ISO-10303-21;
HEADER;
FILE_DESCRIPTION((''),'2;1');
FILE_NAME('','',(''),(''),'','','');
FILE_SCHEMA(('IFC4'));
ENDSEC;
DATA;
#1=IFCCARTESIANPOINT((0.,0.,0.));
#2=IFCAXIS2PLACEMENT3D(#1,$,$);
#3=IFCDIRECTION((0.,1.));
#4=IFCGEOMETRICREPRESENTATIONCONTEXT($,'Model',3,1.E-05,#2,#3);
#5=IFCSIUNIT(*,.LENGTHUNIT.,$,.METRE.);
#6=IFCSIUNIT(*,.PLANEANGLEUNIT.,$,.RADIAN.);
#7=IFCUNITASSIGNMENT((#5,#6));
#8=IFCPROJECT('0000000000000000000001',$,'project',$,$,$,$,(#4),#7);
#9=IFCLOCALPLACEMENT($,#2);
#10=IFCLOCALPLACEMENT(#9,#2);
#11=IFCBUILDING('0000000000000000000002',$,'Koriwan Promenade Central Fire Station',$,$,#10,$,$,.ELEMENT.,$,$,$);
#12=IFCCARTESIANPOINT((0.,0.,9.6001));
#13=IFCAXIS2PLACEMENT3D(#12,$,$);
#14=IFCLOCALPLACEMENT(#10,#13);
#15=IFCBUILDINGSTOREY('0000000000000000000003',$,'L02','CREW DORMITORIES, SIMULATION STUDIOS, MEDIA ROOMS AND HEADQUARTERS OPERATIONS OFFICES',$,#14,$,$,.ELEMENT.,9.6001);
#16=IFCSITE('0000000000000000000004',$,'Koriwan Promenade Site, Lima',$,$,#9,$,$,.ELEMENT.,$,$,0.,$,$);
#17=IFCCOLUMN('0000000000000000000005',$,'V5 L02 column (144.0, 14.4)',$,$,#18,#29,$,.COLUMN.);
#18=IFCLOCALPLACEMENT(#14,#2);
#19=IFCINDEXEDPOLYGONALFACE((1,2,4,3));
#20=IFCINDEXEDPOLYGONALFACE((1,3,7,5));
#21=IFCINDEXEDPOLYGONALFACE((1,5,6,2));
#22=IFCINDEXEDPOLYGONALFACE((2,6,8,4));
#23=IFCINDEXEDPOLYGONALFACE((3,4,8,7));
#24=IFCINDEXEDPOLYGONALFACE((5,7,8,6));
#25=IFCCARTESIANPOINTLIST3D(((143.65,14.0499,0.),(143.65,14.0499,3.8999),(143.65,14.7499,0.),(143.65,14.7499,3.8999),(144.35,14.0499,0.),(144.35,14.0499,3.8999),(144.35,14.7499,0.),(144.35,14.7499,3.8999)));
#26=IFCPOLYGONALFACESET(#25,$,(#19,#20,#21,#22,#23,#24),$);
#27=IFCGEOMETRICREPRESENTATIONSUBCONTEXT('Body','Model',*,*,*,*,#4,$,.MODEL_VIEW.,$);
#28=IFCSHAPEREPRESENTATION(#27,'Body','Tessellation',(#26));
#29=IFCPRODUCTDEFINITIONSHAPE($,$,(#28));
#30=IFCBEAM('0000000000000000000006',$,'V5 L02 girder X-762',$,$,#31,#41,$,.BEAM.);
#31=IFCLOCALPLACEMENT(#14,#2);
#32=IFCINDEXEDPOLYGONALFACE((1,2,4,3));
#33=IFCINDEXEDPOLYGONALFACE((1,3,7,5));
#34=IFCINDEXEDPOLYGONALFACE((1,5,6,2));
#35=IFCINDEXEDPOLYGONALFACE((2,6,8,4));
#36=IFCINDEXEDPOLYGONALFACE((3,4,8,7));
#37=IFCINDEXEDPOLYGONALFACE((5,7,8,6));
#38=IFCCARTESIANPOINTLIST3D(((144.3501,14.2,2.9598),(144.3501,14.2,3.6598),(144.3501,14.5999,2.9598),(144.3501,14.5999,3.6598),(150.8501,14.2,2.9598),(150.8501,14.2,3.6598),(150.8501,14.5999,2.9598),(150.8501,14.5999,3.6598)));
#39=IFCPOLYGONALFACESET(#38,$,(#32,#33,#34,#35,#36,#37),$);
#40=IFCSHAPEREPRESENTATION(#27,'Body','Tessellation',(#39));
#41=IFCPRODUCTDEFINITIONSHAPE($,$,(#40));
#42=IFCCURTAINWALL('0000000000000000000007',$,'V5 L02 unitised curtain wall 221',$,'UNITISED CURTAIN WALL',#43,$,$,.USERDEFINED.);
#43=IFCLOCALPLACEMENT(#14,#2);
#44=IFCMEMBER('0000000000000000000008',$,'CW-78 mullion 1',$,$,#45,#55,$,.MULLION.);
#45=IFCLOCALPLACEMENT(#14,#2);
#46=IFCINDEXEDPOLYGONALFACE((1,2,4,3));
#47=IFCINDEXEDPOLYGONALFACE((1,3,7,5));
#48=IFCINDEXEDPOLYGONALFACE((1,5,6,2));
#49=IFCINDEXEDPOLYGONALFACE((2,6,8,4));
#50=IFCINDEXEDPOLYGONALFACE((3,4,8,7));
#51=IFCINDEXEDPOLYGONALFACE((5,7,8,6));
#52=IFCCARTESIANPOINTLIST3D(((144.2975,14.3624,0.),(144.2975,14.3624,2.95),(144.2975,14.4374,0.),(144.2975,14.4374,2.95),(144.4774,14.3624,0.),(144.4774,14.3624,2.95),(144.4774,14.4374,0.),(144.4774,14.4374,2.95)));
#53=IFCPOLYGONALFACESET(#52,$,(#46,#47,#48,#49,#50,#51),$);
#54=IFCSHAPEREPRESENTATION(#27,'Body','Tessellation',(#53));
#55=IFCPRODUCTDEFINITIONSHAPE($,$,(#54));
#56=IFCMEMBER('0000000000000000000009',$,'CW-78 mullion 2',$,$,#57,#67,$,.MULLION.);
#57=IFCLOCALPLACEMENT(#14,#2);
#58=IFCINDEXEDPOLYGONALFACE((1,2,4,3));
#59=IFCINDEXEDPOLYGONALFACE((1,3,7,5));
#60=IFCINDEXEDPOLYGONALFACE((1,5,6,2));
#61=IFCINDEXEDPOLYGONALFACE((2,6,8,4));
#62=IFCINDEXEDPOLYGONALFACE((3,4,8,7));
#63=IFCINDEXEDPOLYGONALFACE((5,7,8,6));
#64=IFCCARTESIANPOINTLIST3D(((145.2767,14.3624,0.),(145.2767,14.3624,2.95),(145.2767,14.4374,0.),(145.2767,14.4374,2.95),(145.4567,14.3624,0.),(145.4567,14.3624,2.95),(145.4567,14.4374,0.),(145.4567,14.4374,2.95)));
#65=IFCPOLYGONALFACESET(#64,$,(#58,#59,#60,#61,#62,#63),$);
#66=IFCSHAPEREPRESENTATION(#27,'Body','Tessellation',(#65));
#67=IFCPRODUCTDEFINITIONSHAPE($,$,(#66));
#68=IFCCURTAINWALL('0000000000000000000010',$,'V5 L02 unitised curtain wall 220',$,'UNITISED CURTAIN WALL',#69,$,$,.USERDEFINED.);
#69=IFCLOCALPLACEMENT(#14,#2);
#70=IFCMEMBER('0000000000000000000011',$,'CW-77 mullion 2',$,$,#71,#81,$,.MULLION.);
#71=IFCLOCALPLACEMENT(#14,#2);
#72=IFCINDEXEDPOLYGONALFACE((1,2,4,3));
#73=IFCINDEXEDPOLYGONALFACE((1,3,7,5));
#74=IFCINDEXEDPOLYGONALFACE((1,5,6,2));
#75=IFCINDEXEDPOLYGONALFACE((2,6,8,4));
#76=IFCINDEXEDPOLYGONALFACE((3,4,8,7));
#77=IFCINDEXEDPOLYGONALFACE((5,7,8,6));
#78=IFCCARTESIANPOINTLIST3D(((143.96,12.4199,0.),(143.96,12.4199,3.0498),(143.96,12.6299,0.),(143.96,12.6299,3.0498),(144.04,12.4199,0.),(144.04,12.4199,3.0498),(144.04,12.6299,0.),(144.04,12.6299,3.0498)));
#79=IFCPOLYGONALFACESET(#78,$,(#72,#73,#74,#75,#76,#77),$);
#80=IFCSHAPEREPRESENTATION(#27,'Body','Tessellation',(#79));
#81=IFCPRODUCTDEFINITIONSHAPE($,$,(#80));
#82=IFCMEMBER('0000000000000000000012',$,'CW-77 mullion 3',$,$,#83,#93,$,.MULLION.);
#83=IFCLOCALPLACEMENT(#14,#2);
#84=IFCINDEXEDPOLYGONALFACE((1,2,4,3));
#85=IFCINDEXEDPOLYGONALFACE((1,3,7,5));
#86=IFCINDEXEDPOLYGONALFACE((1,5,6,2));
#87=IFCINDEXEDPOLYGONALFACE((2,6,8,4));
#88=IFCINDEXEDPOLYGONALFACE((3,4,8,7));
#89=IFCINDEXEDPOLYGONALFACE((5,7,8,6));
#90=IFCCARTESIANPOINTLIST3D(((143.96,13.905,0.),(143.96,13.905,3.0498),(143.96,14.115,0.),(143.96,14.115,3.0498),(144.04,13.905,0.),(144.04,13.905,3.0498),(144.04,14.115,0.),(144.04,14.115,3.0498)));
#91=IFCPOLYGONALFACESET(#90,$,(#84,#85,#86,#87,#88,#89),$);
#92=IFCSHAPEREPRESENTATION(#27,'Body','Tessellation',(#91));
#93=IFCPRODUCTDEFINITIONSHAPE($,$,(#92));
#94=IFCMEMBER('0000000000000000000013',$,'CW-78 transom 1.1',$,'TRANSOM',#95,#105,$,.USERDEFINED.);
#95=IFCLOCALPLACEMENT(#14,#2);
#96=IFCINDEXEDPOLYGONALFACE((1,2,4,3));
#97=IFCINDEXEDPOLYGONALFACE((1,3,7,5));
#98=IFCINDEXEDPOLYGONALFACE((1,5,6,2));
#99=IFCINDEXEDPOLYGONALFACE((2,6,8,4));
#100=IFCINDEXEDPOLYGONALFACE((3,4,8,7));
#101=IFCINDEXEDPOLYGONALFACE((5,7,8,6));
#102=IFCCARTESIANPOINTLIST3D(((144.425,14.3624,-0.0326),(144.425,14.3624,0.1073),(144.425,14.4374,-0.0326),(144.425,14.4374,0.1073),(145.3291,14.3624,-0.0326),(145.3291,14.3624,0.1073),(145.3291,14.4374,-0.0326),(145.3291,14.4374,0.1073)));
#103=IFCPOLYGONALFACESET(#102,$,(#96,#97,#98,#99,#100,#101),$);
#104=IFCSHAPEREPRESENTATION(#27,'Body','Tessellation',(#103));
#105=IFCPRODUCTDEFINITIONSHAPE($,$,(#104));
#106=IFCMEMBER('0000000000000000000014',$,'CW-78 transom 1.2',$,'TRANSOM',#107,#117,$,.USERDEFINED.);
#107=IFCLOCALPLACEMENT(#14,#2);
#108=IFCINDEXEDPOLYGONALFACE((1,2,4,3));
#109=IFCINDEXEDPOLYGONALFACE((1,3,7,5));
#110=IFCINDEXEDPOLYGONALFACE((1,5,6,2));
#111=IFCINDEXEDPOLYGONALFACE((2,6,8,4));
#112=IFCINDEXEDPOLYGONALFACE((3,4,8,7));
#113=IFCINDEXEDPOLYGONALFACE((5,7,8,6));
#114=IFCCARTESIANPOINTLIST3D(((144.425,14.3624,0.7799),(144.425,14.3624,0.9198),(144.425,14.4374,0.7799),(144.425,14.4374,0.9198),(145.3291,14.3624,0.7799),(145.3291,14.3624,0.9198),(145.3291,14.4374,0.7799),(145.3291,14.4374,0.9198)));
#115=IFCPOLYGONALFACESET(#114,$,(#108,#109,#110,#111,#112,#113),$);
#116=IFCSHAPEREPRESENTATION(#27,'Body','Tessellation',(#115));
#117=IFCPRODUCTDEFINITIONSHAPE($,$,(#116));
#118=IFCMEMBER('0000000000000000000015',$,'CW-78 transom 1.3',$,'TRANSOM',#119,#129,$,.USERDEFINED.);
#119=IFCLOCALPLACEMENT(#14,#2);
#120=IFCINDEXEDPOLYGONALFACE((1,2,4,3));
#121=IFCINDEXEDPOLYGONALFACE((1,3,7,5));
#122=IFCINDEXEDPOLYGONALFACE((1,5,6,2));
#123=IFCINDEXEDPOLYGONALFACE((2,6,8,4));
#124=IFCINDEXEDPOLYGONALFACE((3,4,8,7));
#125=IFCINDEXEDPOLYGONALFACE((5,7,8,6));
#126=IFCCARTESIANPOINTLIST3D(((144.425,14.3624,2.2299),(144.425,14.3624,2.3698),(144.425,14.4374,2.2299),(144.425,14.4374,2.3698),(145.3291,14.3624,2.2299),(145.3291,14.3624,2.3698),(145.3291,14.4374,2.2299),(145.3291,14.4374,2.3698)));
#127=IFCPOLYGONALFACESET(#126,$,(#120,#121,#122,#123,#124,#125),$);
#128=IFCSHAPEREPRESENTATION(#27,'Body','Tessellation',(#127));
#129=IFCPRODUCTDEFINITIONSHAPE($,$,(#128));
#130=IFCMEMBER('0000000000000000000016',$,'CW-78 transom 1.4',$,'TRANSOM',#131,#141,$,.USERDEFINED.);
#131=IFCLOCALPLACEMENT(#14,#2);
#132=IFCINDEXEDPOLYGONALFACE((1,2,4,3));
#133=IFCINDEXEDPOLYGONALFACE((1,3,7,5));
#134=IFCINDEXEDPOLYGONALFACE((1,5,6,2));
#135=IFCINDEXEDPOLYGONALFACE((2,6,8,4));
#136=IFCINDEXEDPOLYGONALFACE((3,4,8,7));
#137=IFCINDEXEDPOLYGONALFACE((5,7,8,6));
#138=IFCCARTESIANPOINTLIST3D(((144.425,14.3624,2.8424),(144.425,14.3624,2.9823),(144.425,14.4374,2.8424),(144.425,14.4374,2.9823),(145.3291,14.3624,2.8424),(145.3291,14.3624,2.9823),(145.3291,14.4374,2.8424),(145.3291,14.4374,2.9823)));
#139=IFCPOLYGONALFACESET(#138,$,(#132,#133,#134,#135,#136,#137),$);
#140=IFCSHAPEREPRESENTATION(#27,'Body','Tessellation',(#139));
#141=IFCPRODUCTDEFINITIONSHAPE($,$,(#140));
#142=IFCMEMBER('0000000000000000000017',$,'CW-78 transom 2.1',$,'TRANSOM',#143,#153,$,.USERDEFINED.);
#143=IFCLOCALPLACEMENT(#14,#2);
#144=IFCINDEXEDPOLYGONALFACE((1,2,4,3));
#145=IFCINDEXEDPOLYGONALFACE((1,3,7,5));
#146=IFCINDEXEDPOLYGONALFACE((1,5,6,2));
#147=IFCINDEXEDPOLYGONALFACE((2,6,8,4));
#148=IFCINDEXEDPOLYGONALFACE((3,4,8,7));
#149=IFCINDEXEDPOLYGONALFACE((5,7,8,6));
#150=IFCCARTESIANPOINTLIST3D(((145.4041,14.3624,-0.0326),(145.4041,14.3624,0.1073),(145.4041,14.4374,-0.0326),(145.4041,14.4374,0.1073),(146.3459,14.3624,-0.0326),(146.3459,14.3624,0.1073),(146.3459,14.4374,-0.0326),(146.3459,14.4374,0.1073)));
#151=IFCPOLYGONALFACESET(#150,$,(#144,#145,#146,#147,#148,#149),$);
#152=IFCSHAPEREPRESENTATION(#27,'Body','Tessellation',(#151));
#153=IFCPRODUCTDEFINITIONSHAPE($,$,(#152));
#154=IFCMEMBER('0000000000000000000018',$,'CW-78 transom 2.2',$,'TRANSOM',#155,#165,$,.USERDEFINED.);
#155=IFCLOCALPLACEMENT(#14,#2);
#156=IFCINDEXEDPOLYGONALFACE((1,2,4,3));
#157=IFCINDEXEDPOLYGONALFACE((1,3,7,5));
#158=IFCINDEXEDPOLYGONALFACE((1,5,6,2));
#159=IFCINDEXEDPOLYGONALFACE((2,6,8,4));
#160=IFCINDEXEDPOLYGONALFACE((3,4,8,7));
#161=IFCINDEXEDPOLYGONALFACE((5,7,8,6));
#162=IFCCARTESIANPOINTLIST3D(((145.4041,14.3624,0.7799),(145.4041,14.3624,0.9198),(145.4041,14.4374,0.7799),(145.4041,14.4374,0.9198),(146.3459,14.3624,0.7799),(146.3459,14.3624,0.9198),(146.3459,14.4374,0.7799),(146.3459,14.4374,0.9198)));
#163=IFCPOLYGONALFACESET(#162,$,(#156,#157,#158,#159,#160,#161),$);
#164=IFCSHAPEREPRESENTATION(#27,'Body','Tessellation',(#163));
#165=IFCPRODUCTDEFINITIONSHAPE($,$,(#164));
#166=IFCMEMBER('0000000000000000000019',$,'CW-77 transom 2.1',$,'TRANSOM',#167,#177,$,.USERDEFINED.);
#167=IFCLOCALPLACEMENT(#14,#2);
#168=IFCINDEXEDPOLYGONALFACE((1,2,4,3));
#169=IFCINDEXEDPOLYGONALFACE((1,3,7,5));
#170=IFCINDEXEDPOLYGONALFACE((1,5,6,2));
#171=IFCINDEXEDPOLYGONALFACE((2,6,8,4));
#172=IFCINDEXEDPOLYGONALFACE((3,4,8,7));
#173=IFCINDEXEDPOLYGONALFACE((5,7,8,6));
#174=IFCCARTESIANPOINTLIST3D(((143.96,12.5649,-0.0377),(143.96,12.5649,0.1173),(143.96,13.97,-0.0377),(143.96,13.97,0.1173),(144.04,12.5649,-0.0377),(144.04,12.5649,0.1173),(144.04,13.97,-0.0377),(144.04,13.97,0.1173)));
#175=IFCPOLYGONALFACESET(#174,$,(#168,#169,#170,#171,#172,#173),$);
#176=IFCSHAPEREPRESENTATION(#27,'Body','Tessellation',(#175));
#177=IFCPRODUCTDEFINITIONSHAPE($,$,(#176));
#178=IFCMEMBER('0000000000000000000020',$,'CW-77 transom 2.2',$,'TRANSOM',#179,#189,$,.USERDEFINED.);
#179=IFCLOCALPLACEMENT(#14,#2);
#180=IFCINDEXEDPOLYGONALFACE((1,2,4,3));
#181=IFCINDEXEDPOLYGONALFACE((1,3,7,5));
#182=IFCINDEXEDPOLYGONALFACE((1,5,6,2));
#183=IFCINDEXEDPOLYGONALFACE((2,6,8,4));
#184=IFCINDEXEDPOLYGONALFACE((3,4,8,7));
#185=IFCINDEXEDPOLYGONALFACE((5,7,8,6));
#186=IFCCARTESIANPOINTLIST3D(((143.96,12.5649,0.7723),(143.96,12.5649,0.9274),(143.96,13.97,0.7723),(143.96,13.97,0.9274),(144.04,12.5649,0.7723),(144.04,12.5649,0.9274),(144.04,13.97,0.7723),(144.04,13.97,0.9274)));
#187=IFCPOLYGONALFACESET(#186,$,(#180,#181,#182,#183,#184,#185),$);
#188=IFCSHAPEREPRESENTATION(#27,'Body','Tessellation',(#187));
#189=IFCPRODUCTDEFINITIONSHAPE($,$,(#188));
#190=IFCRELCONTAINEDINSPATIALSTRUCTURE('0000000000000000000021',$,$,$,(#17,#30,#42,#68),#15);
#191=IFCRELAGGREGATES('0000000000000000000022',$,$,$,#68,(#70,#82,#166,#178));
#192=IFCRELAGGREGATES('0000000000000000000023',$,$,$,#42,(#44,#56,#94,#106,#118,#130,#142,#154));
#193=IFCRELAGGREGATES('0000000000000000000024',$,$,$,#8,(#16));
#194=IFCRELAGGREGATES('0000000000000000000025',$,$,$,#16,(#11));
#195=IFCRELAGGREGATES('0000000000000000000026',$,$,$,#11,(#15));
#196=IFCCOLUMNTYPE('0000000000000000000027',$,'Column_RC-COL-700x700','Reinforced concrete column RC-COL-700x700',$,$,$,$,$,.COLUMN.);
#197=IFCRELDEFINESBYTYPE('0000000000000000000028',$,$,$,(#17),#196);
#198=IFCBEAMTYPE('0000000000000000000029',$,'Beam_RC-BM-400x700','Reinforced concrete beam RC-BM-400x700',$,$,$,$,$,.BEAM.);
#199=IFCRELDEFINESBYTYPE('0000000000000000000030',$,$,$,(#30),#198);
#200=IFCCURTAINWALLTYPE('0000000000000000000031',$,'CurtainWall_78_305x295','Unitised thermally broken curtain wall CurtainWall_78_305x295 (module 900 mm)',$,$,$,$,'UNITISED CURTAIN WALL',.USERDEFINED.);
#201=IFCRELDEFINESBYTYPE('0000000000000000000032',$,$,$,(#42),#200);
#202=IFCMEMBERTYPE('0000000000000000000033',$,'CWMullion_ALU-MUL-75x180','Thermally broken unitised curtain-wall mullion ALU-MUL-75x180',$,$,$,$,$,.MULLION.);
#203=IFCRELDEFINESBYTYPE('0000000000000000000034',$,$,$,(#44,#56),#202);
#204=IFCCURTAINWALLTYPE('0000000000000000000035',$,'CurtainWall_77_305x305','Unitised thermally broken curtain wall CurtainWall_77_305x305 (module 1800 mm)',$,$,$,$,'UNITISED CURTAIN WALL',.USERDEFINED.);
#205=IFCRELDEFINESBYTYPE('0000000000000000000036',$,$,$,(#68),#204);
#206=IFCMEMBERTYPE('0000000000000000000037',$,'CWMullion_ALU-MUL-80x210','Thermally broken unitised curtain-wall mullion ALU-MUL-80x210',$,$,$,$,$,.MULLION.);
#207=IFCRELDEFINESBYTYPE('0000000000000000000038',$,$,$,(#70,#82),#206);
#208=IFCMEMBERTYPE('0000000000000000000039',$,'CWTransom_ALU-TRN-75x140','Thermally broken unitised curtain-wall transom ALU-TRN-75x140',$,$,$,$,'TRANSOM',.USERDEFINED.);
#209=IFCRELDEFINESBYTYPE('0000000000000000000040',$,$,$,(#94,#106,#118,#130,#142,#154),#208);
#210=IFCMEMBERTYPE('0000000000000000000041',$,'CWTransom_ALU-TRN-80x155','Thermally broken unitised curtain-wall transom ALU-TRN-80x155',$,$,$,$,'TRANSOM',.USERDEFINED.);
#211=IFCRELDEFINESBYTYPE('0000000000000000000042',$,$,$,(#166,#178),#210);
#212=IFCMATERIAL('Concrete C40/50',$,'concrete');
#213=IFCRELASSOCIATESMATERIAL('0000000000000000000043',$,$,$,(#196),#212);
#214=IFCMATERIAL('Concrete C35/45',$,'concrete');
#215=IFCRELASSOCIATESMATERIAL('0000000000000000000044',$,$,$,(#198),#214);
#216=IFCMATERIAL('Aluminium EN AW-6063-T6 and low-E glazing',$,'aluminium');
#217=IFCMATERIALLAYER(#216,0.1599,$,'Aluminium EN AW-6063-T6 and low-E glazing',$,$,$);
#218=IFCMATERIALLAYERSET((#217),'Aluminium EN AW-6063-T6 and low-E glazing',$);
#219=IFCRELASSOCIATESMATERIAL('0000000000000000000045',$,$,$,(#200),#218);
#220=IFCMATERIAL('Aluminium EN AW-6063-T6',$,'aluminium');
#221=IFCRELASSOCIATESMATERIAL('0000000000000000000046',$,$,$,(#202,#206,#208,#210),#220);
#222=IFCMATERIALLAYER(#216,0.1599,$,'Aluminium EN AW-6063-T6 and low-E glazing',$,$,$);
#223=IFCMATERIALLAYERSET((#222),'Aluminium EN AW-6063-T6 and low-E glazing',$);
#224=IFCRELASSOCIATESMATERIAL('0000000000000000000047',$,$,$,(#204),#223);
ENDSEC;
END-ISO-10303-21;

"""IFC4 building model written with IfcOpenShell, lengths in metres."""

from ifc_helpers import new_model, si_unit, direction, frame, origin, origin_2d, place, context, subcontext, project, spatial, rectangle, extrude, material, layer, layer_set, material_profile, profile_set, type_object, element, aggregate, save


model = new_model("IFC4")

# Units and contexts
model_context = context("Model", 3, precision=1e-05, world=origin(), true_north=direction((0.0, 1.0)))
body_context = subcontext(model_context, "Body", "Model", "MODEL_VIEW")
ifc_project = project(units=[si_unit("LENGTHUNIT", "METRE"), si_unit("PLANEANGLEUNIT", "RADIAN")], contexts=[model_context])

# Site, building, storey
site_placement = place(None, origin())
site = spatial("IfcSite", under=ifc_project, at=site_placement, Name="Koriwan Promenade Site, Lima", CompositionType="ELEMENT", RefElevation=0.0)
building_placement = place(site_placement, origin())
building = spatial("IfcBuilding", under=site, at=building_placement, Name="Koriwan Promenade Central Fire Station", CompositionType="ELEMENT")
storey_placement = place(building_placement, frame((0.0, 0.0, 9.6001)))
storey = spatial("IfcBuildingStorey", under=building, at=storey_placement, Name="L02", Description="CREW DORMITORIES, SIMULATION STUDIOS, MEDIA ROOMS AND HEADQUARTERS OPERATIONS OFFICES", CompositionType="ELEMENT", Elevation=9.6001)

# Column
ifc_material_1 = material(Name="Concrete C40/50", Category="concrete")
ifc_material_profile_1 = material_profile(ifc_material_1, rectangle(XDim=0.7, YDim=0.7, at=origin_2d()), Name="RC-COL-700x700")
ifc_profile_set_1 = profile_set([ifc_material_profile_1], Name="Concrete C40/50")
column_type = type_object("IfcColumnType", Name="Column_RC-COL-700x700", Description="Reinforced concrete column RC-COL-700x700", PredefinedType="COLUMN", material=ifc_profile_set_1)
column_placement = place(storey_placement, frame((144.0, 14.3999, 0.0), z_axis=(0.0, 0.0, 1.0), x_axis=(1.0, 0.0, 0.0)))
element("IfcColumn", 1, at=column_placement, inside=storey, type_object=column_type, Name="V5 L02 column (144.0, 14.4)", PredefinedType="COLUMN", context=body_context, shape_type="SweptSolid", body=[
    extrude(rectangle(XDim=0.7, YDim=0.7, at=origin_2d()), origin(), (0.0, 0.0, 1.0), 3.8999),
])

# Beam
ifc_material_2 = material(Name="Concrete C35/45", Category="concrete")
ifc_material_profile_2 = material_profile(ifc_material_2, rectangle(XDim=0.3999, YDim=0.7, at=origin_2d()), Name="RC-BM-400x700")
ifc_profile_set_2 = profile_set([ifc_material_profile_2], Name="Concrete C35/45")
beam_type = type_object("IfcBeamType", Name="Beam_RC-BM-400x700", Description="Reinforced concrete beam RC-BM-400x700", PredefinedType="BEAM", material=ifc_profile_set_2)
beam_placement = place(storey_placement, frame((144.3501, 14.3999, 3.3098), z_axis=(1.0, 0.0, 0.0), x_axis=(0.0, 1.0, 0.0)))
element("IfcBeam", 2, at=beam_placement, inside=storey, type_object=beam_type, Name="V5 L02 girder X-762", PredefinedType="BEAM", context=body_context, shape_type="SweptSolid", body=[
    extrude(rectangle(XDim=0.3999, YDim=0.7, at=origin_2d()), origin(), (0.0, 0.0, 1.0), 6.5),
])

# Curtain walls, members
ifc_material_3 = material(Name="Aluminium EN AW-6063-T6 and low-E glazing", Category="aluminium")
ifc_layer_1 = layer(ifc_material_3, 0.1599, Name="Aluminium EN AW-6063-T6 and low-E glazing")
ifc_layer_set_1 = layer_set([ifc_layer_1], Name="Aluminium EN AW-6063-T6 and low-E glazing")
curtain_wall_type_1 = type_object("IfcCurtainWallType", Name="CurtainWall_78_305x295", Description="Unitised thermally broken curtain wall CurtainWall_78_305x295 (module 900 mm)", ElementType="UNITISED CURTAIN WALL", PredefinedType="USERDEFINED", material=ifc_layer_set_1)
curtain_wall_1_placement = place(storey_placement, origin())
curtain_wall_1 = element("IfcCurtainWall", 3, at=curtain_wall_1_placement, inside=storey, type_object=curtain_wall_type_1, Name="V5 L02 unitised curtain wall 221", ObjectType="UNITISED CURTAIN WALL", PredefinedType="USERDEFINED")
ifc_material_4 = material(Name="Aluminium EN AW-6063-T6", Category="aluminium")
ifc_material_profile_3 = material_profile(ifc_material_4, rectangle(XDim=0.075, YDim=0.1799, at=origin_2d()), Name="ALU-MUL-75x180")
ifc_profile_set_3 = profile_set([ifc_material_profile_3], Name="Aluminium EN AW-6063-T6")
member_type_1 = type_object("IfcMemberType", Name="CWMullion_ALU-MUL-75x180", Description="Thermally broken unitised curtain-wall mullion ALU-MUL-75x180", PredefinedType="MULLION", material=ifc_profile_set_3)
member_1_placement = place(storey_placement, frame((144.3875, 14.3999, 0.0), z_axis=(0.0, 0.0, 1.0), x_axis=(0.0, 1.0, 0.0)))
member_1 = element("IfcMember", 4, at=member_1_placement, type_object=member_type_1, Name="CW-78 mullion 1", PredefinedType="MULLION", context=body_context, shape_type="SweptSolid", body=[
    extrude(rectangle(XDim=0.075, YDim=0.1799, at=origin_2d()), origin(), (0.0, 0.0, 1.0), 2.95),
])
member_2_placement = place(storey_placement, frame((145.3667, 14.3999, 0.0), z_axis=(0.0, 0.0, 1.0), x_axis=(0.0, 1.0, 0.0)))
member_2 = element("IfcMember", 5, at=member_2_placement, type_object=member_type_1, Name="CW-78 mullion 2", PredefinedType="MULLION", context=body_context, shape_type="SweptSolid", body=[
    extrude(rectangle(XDim=0.075, YDim=0.1799, at=origin_2d()), origin(), (0.0, 0.0, 1.0), 2.95),
])
ifc_layer_2 = layer(ifc_material_3, 0.1599, Name="Aluminium EN AW-6063-T6 and low-E glazing")
ifc_layer_set_2 = layer_set([ifc_layer_2], Name="Aluminium EN AW-6063-T6 and low-E glazing")
curtain_wall_type_2 = type_object("IfcCurtainWallType", Name="CurtainWall_77_305x305", Description="Unitised thermally broken curtain wall CurtainWall_77_305x305 (module 1800 mm)", ElementType="UNITISED CURTAIN WALL", PredefinedType="USERDEFINED", material=ifc_layer_set_2)
curtain_wall_2_placement = place(storey_placement, origin())
curtain_wall_2 = element("IfcCurtainWall", 6, at=curtain_wall_2_placement, inside=storey, type_object=curtain_wall_type_2, Name="V5 L02 unitised curtain wall 220", ObjectType="UNITISED CURTAIN WALL", PredefinedType="USERDEFINED")
ifc_material_profile_4 = material_profile(ifc_material_4, rectangle(XDim=0.0801, YDim=0.21, at=origin_2d()), Name="ALU-MUL-80x210")
ifc_profile_set_4 = profile_set([ifc_material_profile_4], Name="Aluminium EN AW-6063-T6")
member_type_2 = type_object("IfcMemberType", Name="CWMullion_ALU-MUL-80x210", Description="Thermally broken unitised curtain-wall mullion ALU-MUL-80x210", PredefinedType="MULLION", material=ifc_profile_set_4)
member_3_placement = place(storey_placement, frame((144.0, 12.5249, 0.0), z_axis=(0.0, 0.0, 1.0), x_axis=(-1.0, 0.0, 0.0)))
member_3 = element("IfcMember", 7, at=member_3_placement, type_object=member_type_2, Name="CW-77 mullion 2", PredefinedType="MULLION", context=body_context, shape_type="SweptSolid", body=[
    extrude(rectangle(XDim=0.0801, YDim=0.21, at=origin_2d()), origin(), (0.0, 0.0, 1.0), 3.0498),
])
member_4_placement = place(storey_placement, frame((144.0, 14.01, 0.0), z_axis=(0.0, 0.0, 1.0), x_axis=(-1.0, 0.0, 0.0)))
member_4 = element("IfcMember", 8, at=member_4_placement, type_object=member_type_2, Name="CW-77 mullion 3", PredefinedType="MULLION", context=body_context, shape_type="SweptSolid", body=[
    extrude(rectangle(XDim=0.0801, YDim=0.21, at=origin_2d()), origin(), (0.0, 0.0, 1.0), 3.0498),
])

# Members
ifc_material_profile_5 = material_profile(ifc_material_4, rectangle(XDim=0.075, YDim=0.1399, at=origin_2d()), Name="ALU-TRN-75x140")
ifc_profile_set_5 = profile_set([ifc_material_profile_5], Name="Aluminium EN AW-6063-T6")
member_type_3 = type_object("IfcMemberType", Name="CWTransom_ALU-TRN-75x140", Description="Thermally broken unitised curtain-wall transom ALU-TRN-75x140", ElementType="TRANSOM", PredefinedType="USERDEFINED", material=ifc_profile_set_5)
member_5_placement = place(storey_placement, frame((144.425, 14.3999, 0.0374), z_axis=(1.0, 0.0, 0.0), x_axis=(0.0, 1.0, 0.0)))
member_5 = element("IfcMember", 9, at=member_5_placement, type_object=member_type_3, Name="CW-78 transom 1.1", ObjectType="TRANSOM", PredefinedType="USERDEFINED", context=body_context, shape_type="SweptSolid", body=[
    extrude(rectangle(XDim=0.075, YDim=0.1399, at=origin_2d()), origin(), (0.0, 0.0, 1.0), 0.9041),
])
member_6_placement = place(storey_placement, frame((144.425, 14.3999, 0.8499), z_axis=(1.0, 0.0, 0.0), x_axis=(0.0, 1.0, 0.0)))
member_6 = element("IfcMember", 10, at=member_6_placement, type_object=member_type_3, Name="CW-78 transom 1.2", ObjectType="TRANSOM", PredefinedType="USERDEFINED", context=body_context, shape_type="SweptSolid", body=[
    extrude(rectangle(XDim=0.075, YDim=0.1399, at=origin_2d()), origin(), (0.0, 0.0, 1.0), 0.9041),
])
member_7_placement = place(storey_placement, frame((144.425, 14.3999, 2.2998), z_axis=(1.0, 0.0, 0.0), x_axis=(0.0, 1.0, 0.0)))
member_7 = element("IfcMember", 11, at=member_7_placement, type_object=member_type_3, Name="CW-78 transom 1.3", ObjectType="TRANSOM", PredefinedType="USERDEFINED", context=body_context, shape_type="SweptSolid", body=[
    extrude(rectangle(XDim=0.075, YDim=0.1399, at=origin_2d()), origin(), (0.0, 0.0, 1.0), 0.9041),
])
member_8_placement = place(storey_placement, frame((144.425, 14.3999, 2.9124), z_axis=(1.0, 0.0, 0.0), x_axis=(0.0, 1.0, 0.0)))
member_8 = element("IfcMember", 12, at=member_8_placement, type_object=member_type_3, Name="CW-78 transom 1.4", ObjectType="TRANSOM", PredefinedType="USERDEFINED", context=body_context, shape_type="SweptSolid", body=[
    extrude(rectangle(XDim=0.075, YDim=0.1399, at=origin_2d()), origin(), (0.0, 0.0, 1.0), 0.9041),
])
member_9_placement = place(storey_placement, frame((145.4041, 14.3999, 0.0374), z_axis=(1.0, 0.0, 0.0), x_axis=(0.0, 1.0, 0.0)))
member_9 = element("IfcMember", 13, at=member_9_placement, type_object=member_type_3, Name="CW-78 transom 2.1", ObjectType="TRANSOM", PredefinedType="USERDEFINED", context=body_context, shape_type="SweptSolid", body=[
    extrude(rectangle(XDim=0.075, YDim=0.1399, at=origin_2d()), origin(), (0.0, 0.0, 1.0), 0.9419),
])
member_10_placement = place(storey_placement, frame((145.4041, 14.3999, 0.8499), z_axis=(1.0, 0.0, 0.0), x_axis=(0.0, 1.0, 0.0)))
member_10 = element("IfcMember", 14, at=member_10_placement, type_object=member_type_3, Name="CW-78 transom 2.2", ObjectType="TRANSOM", PredefinedType="USERDEFINED", context=body_context, shape_type="SweptSolid", body=[
    extrude(rectangle(XDim=0.075, YDim=0.1399, at=origin_2d()), origin(), (0.0, 0.0, 1.0), 0.9419),
])
ifc_material_profile_6 = material_profile(ifc_material_4, rectangle(XDim=0.0801, YDim=0.155, at=origin_2d()), Name="ALU-TRN-80x155")
ifc_profile_set_6 = profile_set([ifc_material_profile_6], Name="Aluminium EN AW-6063-T6")
member_type_4 = type_object("IfcMemberType", Name="CWTransom_ALU-TRN-80x155", Description="Thermally broken unitised curtain-wall transom ALU-TRN-80x155", ElementType="TRANSOM", PredefinedType="USERDEFINED", material=ifc_profile_set_6)
member_11_placement = place(storey_placement, frame((144.0, 12.5649, 0.0398), z_axis=(0.0, 1.0, 0.0), x_axis=(-1.0, 0.0, 0.0)))
member_11 = element("IfcMember", 15, at=member_11_placement, type_object=member_type_4, Name="CW-77 transom 2.1", ObjectType="TRANSOM", PredefinedType="USERDEFINED", context=body_context, shape_type="SweptSolid", body=[
    extrude(rectangle(XDim=0.0801, YDim=0.155, at=origin_2d()), origin(), (0.0, 0.0, 1.0), 1.405),
])
member_12_placement = place(storey_placement, frame((144.0, 12.5649, 0.8499), z_axis=(0.0, 1.0, 0.0), x_axis=(-1.0, 0.0, 0.0)))
member_12 = element("IfcMember", 16, at=member_12_placement, type_object=member_type_4, Name="CW-77 transom 2.2", ObjectType="TRANSOM", PredefinedType="USERDEFINED", context=body_context, shape_type="SweptSolid", body=[
    extrude(rectangle(XDim=0.0801, YDim=0.155, at=origin_2d()), origin(), (0.0, 0.0, 1.0), 1.405),
])

aggregate(curtain_wall_2, [member_3, member_4, member_11, member_12])
aggregate(curtain_wall_1, [member_1, member_2, member_5, member_6, member_7, member_8, member_9, member_10])

save(model, "model.ifc")
